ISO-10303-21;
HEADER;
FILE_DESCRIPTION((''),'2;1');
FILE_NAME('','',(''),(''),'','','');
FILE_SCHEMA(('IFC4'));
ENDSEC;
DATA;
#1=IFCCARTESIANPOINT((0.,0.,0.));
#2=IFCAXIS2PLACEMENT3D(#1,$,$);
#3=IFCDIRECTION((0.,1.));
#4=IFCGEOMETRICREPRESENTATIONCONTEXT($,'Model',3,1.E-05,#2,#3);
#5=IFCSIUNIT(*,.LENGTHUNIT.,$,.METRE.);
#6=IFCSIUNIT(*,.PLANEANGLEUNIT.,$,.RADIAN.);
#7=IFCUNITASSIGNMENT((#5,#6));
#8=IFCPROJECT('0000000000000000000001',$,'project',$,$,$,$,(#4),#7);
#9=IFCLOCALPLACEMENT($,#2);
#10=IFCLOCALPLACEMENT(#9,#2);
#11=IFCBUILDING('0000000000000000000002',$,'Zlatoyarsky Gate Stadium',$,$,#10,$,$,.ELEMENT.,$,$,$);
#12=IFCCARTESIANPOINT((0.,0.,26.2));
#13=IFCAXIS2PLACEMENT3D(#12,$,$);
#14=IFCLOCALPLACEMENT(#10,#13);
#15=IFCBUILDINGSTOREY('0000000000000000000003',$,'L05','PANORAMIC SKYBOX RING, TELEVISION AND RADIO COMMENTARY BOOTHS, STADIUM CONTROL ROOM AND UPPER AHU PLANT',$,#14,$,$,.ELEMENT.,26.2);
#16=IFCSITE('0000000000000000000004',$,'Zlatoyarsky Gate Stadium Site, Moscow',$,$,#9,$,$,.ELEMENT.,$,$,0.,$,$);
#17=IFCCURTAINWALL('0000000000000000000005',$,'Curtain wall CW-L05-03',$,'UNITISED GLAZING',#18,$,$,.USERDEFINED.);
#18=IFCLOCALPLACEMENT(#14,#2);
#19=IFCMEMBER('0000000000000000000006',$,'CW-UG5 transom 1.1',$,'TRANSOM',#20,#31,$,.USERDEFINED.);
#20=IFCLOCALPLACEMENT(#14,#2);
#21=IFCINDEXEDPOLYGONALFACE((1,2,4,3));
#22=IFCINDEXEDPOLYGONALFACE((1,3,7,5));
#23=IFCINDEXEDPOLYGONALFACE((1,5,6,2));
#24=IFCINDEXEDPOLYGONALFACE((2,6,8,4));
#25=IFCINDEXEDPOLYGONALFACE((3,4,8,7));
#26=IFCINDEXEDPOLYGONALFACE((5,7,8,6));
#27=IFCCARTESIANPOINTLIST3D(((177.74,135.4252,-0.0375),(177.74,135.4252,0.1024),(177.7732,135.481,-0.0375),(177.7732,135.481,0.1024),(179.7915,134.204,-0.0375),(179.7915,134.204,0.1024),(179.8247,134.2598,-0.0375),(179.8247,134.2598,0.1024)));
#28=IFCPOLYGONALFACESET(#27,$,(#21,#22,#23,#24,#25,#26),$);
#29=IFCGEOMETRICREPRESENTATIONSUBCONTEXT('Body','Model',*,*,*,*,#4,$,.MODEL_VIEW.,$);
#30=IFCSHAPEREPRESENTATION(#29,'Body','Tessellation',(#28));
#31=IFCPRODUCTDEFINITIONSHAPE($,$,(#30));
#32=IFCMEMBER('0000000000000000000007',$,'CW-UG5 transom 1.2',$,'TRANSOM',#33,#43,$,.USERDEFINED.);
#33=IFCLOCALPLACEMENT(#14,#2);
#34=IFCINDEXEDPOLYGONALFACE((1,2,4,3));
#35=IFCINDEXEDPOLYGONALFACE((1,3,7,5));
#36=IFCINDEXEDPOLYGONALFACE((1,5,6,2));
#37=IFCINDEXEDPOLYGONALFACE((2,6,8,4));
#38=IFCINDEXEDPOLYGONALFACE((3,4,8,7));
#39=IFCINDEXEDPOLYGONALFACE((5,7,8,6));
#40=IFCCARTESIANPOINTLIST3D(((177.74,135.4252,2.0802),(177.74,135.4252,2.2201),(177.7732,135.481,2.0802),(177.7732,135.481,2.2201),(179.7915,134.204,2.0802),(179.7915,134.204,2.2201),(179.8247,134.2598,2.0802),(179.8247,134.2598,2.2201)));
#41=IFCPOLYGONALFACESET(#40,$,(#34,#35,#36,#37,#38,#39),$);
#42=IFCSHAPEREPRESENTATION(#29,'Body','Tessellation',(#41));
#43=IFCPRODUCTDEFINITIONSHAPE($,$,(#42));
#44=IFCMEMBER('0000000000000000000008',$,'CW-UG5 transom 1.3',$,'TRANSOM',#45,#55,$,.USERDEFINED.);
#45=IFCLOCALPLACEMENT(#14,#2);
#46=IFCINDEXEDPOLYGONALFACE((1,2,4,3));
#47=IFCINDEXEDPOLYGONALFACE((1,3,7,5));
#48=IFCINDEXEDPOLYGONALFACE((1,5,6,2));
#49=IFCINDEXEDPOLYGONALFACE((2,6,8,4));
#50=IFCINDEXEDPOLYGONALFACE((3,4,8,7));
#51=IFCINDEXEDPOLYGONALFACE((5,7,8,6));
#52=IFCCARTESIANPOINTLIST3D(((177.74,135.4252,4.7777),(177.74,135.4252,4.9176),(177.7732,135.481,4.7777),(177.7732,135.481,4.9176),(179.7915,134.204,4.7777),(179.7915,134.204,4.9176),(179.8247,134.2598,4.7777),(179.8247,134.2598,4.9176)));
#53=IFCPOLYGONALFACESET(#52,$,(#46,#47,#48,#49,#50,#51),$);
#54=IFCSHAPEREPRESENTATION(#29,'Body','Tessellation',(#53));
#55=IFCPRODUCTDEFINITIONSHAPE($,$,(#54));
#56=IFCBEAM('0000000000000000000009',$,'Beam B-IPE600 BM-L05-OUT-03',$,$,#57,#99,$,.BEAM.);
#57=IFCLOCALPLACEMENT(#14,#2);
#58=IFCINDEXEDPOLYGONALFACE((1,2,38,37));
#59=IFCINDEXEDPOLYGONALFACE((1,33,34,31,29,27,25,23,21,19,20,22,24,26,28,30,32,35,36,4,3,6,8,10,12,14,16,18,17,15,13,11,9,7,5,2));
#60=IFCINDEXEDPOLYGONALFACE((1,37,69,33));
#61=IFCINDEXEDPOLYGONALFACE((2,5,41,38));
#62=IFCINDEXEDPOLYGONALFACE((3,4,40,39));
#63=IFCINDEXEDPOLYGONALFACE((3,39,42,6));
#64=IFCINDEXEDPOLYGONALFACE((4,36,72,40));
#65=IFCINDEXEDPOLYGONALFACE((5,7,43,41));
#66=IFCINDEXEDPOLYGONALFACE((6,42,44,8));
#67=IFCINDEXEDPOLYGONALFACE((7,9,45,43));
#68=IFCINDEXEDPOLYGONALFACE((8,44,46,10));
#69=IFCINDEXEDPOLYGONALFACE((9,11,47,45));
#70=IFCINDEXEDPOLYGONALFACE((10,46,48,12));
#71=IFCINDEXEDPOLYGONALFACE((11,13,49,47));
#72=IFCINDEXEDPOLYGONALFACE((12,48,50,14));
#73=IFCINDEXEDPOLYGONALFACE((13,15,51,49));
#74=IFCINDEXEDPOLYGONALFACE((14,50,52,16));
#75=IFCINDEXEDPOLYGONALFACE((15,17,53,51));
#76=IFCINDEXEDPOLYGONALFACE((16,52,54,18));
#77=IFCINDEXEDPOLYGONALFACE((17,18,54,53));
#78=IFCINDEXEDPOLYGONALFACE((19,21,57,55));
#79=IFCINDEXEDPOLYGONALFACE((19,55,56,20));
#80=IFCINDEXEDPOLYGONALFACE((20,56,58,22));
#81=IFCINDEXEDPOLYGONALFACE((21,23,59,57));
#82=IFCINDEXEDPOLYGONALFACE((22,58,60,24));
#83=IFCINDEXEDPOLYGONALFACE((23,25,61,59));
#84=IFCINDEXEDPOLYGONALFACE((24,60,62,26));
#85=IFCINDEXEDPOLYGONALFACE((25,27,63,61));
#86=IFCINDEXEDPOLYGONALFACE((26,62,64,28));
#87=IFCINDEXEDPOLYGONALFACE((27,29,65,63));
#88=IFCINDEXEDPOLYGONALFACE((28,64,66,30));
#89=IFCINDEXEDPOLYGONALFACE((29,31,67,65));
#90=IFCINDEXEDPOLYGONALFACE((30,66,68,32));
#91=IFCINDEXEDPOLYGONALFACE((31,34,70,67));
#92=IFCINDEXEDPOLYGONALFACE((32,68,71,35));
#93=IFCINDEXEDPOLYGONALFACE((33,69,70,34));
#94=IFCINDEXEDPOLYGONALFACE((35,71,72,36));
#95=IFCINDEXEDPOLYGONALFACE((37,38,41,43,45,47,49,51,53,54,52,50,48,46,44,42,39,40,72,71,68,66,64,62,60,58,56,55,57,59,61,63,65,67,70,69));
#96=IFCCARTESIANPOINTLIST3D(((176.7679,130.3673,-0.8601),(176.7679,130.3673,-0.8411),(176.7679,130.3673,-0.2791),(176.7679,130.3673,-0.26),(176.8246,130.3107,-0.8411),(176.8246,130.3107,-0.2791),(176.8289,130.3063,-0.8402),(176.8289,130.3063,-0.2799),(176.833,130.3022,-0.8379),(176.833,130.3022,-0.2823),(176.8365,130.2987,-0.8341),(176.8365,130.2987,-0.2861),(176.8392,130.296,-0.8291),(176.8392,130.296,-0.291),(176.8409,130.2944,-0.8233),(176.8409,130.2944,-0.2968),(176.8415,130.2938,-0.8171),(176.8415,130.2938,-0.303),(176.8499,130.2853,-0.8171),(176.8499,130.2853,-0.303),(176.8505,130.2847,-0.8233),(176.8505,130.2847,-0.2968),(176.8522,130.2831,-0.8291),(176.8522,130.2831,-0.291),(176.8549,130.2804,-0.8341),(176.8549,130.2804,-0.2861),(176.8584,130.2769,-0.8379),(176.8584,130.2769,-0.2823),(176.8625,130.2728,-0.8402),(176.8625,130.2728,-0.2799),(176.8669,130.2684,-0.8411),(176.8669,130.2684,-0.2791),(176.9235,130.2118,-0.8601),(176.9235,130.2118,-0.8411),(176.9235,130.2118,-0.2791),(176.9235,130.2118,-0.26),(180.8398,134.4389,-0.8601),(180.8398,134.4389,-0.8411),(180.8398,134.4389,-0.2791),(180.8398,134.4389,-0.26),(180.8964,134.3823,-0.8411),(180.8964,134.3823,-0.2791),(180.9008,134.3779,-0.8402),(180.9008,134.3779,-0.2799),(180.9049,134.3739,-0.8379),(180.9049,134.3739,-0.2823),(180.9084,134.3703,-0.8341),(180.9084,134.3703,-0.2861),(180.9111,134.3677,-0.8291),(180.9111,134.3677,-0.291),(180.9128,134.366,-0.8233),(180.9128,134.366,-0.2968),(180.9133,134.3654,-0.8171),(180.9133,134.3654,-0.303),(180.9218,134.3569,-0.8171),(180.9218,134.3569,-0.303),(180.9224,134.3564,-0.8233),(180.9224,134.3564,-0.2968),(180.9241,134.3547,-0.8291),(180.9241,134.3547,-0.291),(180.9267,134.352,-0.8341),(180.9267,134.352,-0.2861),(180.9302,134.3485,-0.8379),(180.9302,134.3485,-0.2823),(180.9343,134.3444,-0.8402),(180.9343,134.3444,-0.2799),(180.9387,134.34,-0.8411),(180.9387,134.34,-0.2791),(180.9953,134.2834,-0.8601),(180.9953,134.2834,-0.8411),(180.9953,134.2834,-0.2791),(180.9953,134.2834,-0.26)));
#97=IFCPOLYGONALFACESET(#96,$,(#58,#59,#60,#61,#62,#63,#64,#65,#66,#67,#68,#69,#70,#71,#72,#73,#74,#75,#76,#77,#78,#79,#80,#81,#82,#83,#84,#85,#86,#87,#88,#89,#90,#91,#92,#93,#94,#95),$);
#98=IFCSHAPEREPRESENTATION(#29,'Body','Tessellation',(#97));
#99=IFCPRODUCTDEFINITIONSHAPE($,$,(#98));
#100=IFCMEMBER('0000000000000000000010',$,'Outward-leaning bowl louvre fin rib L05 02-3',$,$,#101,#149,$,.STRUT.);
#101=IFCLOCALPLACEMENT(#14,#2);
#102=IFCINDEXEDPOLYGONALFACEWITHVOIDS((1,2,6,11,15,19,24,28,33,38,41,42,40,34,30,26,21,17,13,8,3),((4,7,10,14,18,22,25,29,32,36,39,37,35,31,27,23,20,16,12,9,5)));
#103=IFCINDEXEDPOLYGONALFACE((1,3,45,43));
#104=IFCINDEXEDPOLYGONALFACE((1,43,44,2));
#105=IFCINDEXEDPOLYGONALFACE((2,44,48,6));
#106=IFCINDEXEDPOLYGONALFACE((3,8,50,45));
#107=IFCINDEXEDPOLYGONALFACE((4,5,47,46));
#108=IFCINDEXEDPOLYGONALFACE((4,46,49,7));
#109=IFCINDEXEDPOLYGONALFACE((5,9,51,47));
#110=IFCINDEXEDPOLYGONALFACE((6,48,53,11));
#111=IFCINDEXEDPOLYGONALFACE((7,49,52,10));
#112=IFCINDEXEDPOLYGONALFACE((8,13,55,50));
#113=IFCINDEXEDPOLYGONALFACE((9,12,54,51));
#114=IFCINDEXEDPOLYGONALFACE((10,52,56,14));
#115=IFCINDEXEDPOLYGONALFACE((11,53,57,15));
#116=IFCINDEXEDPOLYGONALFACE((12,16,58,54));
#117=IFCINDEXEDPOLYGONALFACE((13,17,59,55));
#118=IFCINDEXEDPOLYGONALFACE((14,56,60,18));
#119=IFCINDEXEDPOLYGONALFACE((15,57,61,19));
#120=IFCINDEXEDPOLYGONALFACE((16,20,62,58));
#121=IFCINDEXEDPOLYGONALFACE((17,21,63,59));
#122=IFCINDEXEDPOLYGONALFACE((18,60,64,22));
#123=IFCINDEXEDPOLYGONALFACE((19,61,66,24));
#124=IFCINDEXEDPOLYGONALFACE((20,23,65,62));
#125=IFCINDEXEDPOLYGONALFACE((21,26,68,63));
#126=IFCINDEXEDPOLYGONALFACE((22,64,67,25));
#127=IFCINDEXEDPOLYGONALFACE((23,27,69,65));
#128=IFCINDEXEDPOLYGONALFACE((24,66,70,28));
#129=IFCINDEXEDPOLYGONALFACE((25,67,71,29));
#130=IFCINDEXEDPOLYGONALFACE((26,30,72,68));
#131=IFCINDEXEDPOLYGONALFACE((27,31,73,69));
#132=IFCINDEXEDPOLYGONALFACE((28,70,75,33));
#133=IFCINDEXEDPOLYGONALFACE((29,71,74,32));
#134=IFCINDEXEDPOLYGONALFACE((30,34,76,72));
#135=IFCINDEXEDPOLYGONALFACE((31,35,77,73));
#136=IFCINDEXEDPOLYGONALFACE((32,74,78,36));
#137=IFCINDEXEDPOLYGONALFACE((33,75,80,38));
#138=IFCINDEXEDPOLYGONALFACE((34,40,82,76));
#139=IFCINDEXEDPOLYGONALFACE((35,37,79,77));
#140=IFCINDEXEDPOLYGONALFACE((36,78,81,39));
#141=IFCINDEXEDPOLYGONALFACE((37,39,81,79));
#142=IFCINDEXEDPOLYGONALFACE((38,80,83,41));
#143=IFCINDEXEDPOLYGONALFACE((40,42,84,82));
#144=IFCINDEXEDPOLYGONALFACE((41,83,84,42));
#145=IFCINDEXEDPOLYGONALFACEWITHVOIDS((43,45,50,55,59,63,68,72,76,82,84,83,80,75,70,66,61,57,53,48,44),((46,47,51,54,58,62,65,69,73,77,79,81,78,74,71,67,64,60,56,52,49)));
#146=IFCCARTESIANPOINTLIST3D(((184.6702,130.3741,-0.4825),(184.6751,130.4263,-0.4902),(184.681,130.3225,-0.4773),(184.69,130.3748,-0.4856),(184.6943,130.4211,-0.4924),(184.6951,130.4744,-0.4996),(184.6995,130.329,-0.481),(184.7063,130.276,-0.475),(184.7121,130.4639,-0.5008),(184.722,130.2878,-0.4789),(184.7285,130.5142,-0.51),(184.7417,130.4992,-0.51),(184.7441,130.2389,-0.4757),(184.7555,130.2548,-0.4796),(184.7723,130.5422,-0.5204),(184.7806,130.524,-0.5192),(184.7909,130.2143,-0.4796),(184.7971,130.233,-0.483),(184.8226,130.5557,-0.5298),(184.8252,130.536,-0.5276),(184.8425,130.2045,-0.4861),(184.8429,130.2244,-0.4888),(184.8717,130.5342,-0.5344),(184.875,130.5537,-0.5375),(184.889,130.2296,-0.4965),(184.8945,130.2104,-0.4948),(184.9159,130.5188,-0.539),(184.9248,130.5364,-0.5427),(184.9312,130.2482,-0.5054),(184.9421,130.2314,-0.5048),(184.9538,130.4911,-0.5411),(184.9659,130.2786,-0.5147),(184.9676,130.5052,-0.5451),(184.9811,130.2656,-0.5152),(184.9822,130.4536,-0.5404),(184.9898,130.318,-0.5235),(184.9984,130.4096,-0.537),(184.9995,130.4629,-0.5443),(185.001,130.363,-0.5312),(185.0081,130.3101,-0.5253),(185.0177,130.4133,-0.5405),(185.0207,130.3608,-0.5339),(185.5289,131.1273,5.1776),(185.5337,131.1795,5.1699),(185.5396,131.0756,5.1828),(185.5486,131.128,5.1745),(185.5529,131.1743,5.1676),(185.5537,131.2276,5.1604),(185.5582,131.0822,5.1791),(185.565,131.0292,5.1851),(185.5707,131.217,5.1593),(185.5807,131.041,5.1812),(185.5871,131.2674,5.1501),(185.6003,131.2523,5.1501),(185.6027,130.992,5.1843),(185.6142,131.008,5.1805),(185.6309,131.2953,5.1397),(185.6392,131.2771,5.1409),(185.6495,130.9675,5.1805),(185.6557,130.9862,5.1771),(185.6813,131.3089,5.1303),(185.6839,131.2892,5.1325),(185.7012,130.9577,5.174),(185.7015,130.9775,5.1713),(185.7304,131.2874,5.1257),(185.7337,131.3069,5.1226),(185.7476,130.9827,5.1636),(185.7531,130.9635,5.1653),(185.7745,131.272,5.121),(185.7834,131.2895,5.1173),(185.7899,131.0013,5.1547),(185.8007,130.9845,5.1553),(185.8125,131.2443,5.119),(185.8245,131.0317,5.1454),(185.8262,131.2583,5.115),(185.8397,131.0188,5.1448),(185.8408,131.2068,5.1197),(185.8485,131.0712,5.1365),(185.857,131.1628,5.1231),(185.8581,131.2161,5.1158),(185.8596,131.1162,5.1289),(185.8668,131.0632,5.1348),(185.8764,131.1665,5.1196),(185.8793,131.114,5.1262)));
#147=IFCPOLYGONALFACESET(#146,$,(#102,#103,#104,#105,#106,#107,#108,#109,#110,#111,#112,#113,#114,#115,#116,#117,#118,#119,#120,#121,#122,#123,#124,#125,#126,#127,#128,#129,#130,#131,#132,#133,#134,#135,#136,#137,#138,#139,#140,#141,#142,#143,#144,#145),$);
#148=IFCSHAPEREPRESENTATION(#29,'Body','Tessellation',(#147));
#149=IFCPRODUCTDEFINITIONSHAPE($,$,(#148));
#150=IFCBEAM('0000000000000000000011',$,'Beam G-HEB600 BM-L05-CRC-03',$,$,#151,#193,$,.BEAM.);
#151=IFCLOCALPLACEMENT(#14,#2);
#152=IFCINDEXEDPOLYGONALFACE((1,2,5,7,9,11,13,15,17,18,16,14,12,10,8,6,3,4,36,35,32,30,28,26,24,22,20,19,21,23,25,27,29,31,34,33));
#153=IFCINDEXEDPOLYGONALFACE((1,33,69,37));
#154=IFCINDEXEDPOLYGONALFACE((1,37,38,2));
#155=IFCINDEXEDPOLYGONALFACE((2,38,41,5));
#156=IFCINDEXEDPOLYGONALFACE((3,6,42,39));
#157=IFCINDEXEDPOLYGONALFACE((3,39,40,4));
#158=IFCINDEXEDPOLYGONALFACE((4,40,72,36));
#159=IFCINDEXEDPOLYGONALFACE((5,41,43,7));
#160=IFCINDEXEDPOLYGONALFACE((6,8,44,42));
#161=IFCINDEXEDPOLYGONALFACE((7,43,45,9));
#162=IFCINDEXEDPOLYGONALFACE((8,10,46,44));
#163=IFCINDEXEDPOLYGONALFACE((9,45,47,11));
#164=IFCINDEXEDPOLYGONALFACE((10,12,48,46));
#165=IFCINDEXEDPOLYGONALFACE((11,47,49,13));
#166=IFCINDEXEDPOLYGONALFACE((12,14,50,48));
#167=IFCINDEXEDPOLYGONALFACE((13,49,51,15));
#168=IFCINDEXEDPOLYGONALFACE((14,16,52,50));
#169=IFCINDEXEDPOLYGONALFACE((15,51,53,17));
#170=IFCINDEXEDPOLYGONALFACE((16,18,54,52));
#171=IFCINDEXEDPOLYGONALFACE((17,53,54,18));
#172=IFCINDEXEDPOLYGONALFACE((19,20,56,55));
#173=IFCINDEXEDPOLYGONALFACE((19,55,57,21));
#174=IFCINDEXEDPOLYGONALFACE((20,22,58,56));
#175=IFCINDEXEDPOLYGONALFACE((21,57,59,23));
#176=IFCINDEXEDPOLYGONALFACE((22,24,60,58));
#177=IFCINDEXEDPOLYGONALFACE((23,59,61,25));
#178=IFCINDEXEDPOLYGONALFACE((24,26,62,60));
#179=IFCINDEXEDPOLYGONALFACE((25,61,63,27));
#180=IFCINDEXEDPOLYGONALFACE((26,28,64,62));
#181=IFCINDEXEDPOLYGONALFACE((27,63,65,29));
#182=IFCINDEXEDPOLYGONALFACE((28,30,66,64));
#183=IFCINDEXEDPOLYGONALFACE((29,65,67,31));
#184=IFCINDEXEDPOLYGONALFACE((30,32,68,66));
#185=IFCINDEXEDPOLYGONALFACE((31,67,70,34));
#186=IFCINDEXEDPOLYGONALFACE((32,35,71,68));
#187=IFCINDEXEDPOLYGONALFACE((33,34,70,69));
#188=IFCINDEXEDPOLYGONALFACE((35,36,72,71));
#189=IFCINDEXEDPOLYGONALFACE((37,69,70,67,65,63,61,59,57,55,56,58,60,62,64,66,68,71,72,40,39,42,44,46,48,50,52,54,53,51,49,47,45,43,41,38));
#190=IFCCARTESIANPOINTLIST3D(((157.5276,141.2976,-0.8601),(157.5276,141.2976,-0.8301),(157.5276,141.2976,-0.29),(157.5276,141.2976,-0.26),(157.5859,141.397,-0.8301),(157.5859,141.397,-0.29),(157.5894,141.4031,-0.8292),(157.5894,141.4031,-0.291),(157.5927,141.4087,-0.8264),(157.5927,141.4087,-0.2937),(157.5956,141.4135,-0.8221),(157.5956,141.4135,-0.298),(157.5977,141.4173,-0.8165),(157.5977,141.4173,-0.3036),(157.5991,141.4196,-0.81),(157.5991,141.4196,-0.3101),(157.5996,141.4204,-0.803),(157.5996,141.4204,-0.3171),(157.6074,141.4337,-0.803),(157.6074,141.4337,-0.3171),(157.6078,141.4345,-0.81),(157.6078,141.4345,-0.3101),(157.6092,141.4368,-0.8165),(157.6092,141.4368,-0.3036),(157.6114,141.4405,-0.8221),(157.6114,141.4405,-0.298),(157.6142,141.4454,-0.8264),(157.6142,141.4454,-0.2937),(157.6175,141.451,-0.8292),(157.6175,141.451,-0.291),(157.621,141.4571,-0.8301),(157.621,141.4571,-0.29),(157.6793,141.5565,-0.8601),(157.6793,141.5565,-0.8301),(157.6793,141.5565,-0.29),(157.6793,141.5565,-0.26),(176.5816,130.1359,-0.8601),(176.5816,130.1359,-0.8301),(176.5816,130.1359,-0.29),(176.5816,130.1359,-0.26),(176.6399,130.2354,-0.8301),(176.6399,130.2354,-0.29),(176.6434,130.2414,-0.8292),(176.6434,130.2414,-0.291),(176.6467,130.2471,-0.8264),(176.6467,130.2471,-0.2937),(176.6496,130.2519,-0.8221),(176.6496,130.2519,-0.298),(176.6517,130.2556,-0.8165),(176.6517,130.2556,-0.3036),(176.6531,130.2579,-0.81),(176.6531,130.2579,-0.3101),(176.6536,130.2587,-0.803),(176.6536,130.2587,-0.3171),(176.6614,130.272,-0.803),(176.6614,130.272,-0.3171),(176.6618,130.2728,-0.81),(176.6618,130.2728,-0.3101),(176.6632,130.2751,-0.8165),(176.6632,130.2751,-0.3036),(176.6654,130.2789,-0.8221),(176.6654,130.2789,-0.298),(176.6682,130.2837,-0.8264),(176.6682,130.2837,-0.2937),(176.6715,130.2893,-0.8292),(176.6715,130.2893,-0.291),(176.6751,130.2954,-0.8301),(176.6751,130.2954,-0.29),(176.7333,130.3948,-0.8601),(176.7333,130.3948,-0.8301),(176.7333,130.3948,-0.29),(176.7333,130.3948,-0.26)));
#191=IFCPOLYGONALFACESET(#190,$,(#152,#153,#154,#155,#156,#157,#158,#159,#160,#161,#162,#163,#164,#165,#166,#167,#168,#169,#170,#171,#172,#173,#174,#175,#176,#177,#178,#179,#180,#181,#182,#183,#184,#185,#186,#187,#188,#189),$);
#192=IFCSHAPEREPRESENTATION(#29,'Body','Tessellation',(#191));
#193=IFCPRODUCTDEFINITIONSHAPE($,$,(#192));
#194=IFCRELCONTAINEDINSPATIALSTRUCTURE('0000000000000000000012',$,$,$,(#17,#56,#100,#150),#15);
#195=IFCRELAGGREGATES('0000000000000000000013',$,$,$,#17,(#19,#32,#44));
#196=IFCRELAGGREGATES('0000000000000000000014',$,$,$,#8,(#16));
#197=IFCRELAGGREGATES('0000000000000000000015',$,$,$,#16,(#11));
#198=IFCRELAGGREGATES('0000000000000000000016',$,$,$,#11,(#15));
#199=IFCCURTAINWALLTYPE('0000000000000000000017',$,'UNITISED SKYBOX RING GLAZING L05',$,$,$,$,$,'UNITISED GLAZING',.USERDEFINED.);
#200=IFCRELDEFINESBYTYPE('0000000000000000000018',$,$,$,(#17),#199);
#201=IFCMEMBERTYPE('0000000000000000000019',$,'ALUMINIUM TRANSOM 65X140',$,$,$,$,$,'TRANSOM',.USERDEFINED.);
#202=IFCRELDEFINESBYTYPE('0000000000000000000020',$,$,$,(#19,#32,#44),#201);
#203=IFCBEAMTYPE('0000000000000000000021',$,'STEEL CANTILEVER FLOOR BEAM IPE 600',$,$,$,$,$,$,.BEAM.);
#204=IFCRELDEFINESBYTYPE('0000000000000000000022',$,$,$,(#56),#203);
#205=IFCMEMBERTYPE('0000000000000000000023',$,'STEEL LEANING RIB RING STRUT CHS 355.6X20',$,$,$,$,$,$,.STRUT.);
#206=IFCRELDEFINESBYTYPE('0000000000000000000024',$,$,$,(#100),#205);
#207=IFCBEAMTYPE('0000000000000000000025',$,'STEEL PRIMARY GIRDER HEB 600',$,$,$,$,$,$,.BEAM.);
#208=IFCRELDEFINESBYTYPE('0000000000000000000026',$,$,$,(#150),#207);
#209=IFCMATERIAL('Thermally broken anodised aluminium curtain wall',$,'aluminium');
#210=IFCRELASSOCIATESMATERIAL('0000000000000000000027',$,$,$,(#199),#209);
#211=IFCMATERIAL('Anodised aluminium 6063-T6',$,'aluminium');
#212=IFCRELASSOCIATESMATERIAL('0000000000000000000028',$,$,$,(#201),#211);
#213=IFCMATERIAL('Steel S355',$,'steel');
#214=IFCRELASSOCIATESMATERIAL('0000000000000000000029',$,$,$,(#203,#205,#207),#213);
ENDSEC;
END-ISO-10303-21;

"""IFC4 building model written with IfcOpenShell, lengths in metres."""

from ifc_helpers import new_model, si_unit, direction, frame, origin, origin_2d, place, context, subcontext, project, spatial, rectangle, hollow_circle, i_section, extrude, material, material_profile, profile_set, type_object, element, aggregate, save


model = new_model("IFC4")

# Units and contexts
model_context = context("Model", 3, precision=1e-05, world=origin(), true_north=direction((0.0, 1.0)))
body_context = subcontext(model_context, "Body", "Model", "MODEL_VIEW")
ifc_project = project(units=[si_unit("LENGTHUNIT", "METRE"), si_unit("PLANEANGLEUNIT", "RADIAN")], contexts=[model_context])

# Site, building, storey
site_placement = place(None, origin())
site = spatial("IfcSite", under=ifc_project, at=site_placement, Name="Zlatoyarsky Gate Stadium Site, Moscow", CompositionType="ELEMENT", RefElevation=0.0)
building_placement = place(site_placement, origin())
building = spatial("IfcBuilding", under=site, at=building_placement, Name="Zlatoyarsky Gate Stadium", CompositionType="ELEMENT")
storey_placement = place(building_placement, frame((0.0, 0.0, 26.2)))
storey = spatial("IfcBuildingStorey", under=building, at=storey_placement, Name="L05", Description="PANORAMIC SKYBOX RING, TELEVISION AND RADIO COMMENTARY BOOTHS, STADIUM CONTROL ROOM AND UPPER AHU PLANT", CompositionType="ELEMENT", Elevation=26.2)

# Shared definitions
ifc_material_1 = material(Name="Steel S355", Category="steel")

# Shared definitions
ifc_material_2 = material(Name="Thermally broken anodised aluminium curtain wall", Category="aluminium")
curtain_wall_type = type_object("IfcCurtainWallType", Name="UNITISED SKYBOX RING GLAZING L05", ElementType="UNITISED GLAZING", PredefinedType="USERDEFINED", material=ifc_material_2)
ifc_material_3 = material(Name="Anodised aluminium 6063-T6", Category="aluminium")

# Curtain wall
curtain_wall_1_placement = place(storey_placement, origin())
curtain_wall_1 = element("IfcCurtainWall", 1, at=curtain_wall_1_placement, inside=storey, type_object=curtain_wall_type, Name="Curtain wall CW-L05-03", ObjectType="UNITISED GLAZING", PredefinedType="USERDEFINED")

# Members
ifc_material_profile_1 = material_profile(ifc_material_3, rectangle(XDim=0.0649, YDim=0.1399, at=origin_2d()), Name="ALU 65X140")
ifc_profile_set_1 = profile_set([ifc_material_profile_1], Name="Anodised aluminium 6063-T6")
member_type_1 = type_object("IfcMemberType", Name="ALUMINIUM TRANSOM 65X140", ElementType="TRANSOM", PredefinedType="USERDEFINED", material=ifc_profile_set_1)
member_1_placement = place(storey_placement, frame((179.8081, 134.2319, 0.0325), z_axis=(-0.859283, 0.5115, 0.0), x_axis=(-0.5115, -0.859283, 0.0)))
member_1 = element("IfcMember", 2, at=member_1_placement, type_object=member_type_1, Name="CW-UG5 transom 1.1", ObjectType="TRANSOM", PredefinedType="USERDEFINED", context=body_context, shape_type="SweptSolid", body=[
    extrude(rectangle(XDim=0.0649, YDim=0.1399, at=origin_2d()), origin(), (0.0, 0.0, 1.0), 2.3875),
])
member_2_placement = place(storey_placement, frame((179.8081, 134.2319, 2.1501), z_axis=(-0.859283, 0.5115, 0.0), x_axis=(-0.5115, -0.859283, 0.0)))
member_2 = element("IfcMember", 3, at=member_2_placement, type_object=member_type_1, Name="CW-UG5 transom 1.2", ObjectType="TRANSOM", PredefinedType="USERDEFINED", context=body_context, shape_type="SweptSolid", body=[
    extrude(rectangle(XDim=0.0649, YDim=0.1399, at=origin_2d()), origin(), (0.0, 0.0, 1.0), 2.3875),
])
member_3_placement = place(storey_placement, frame((179.8081, 134.2319, 4.8477), z_axis=(-0.859283, 0.5115, 0.0), x_axis=(-0.5115, -0.859283, 0.0)))
member_3 = element("IfcMember", 4, at=member_3_placement, type_object=member_type_1, Name="CW-UG5 transom 1.3", ObjectType="TRANSOM", PredefinedType="USERDEFINED", context=body_context, shape_type="SweptSolid", body=[
    extrude(rectangle(XDim=0.0649, YDim=0.1399, at=origin_2d()), origin(), (0.0, 0.0, 1.0), 2.3875),
])
aggregate(curtain_wall_1, [member_1, member_2, member_3])

# Beam
ifc_material_profile_2 = material_profile(ifc_material_1, i_section(OverallWidth=0.22, OverallDepth=0.6001, WebThickness=0.012, FlangeThickness=0.019, FilletRadius=0.0239, at=origin_2d()), Name="IPE 600")
ifc_profile_set_2 = profile_set([ifc_material_profile_2], Name="Steel S355")
beam_type_1 = type_object("IfcBeamType", Name="STEEL CANTILEVER FLOOR BEAM IPE 600", PredefinedType="BEAM", material=ifc_profile_set_2)
beam_1_placement = place(storey_placement, frame((176.8457, 130.2896, -0.5601), z_axis=(0.707128, 0.707086, 0.0), x_axis=(-0.707086, 0.707128, 0.0)))
element("IfcBeam", 5, at=beam_1_placement, inside=storey, type_object=beam_type_1, Name="Beam B-IPE600 BM-L05-OUT-03", PredefinedType="BEAM", context=body_context, shape_type="SweptSolid", body=[
    extrude(i_section(OverallWidth=0.22, OverallDepth=0.6001, WebThickness=0.012, FlangeThickness=0.019, FilletRadius=0.0239, at=origin_2d()), origin(), (0.0, 0.0, 1.0), 5.7583),
])

# Member
ifc_material_profile_3 = material_profile(ifc_material_1, hollow_circle(Radius=0.1777, WallThickness=0.02, at=origin_2d()), Name="CHS 355.6X20")
ifc_profile_set_3 = profile_set([ifc_material_profile_3], Name="Steel S355")
member_type_2 = type_object("IfcMemberType", Name="STEEL LEANING RIB RING STRUT CHS 355.6X20", PredefinedType="STRUT", material=ifc_profile_set_3)
member_4_placement = place(storey_placement, frame((184.8457, 130.3806, -0.51), z_axis=(0.148702, 0.130437, 0.980242), x_axis=(-0.659427, 0.751768, 0.0)))
element("IfcMember", 6, at=member_4_placement, inside=storey, type_object=member_type_2, Name="Outward-leaning bowl louvre fin rib L05 02-3", PredefinedType="STRUT", context=body_context, shape_type="SweptSolid", body=[
    extrude(hollow_circle(Radius=0.1777, WallThickness=0.02, at=origin_2d()), origin(), (0.0, 0.0, 1.0), 5.7742),
])

# Beam
ifc_material_profile_4 = material_profile(ifc_material_1, i_section(OverallWidth=0.3, OverallDepth=0.6001, WebThickness=0.0154, FlangeThickness=0.03, FilletRadius=0.0271, at=origin_2d()), Name="HEB 600")
ifc_profile_set_4 = profile_set([ifc_material_profile_4], Name="Steel S355")
beam_type_2 = type_object("IfcBeamType", Name="STEEL PRIMARY GIRDER HEB 600", PredefinedType="BEAM", material=ifc_profile_set_4)
beam_2_placement = place(storey_placement, frame((176.6575, 130.2654, -0.5601), z_axis=(-0.862855, 0.505452, 0.0), x_axis=(-0.505452, -0.862855, 0.0)))
element("IfcBeam", 7, at=beam_2_placement, inside=storey, type_object=beam_type_2, Name="Beam G-HEB600 BM-L05-CRC-03", PredefinedType="BEAM", context=body_context, shape_type="SweptSolid", body=[
    extrude(i_section(OverallWidth=0.3, OverallDepth=0.6001, WebThickness=0.0154, FlangeThickness=0.03, FilletRadius=0.0271, at=origin_2d()), origin(), (0.0, 0.0, 1.0), 22.0825),
])

save(model, "model.ifc")
